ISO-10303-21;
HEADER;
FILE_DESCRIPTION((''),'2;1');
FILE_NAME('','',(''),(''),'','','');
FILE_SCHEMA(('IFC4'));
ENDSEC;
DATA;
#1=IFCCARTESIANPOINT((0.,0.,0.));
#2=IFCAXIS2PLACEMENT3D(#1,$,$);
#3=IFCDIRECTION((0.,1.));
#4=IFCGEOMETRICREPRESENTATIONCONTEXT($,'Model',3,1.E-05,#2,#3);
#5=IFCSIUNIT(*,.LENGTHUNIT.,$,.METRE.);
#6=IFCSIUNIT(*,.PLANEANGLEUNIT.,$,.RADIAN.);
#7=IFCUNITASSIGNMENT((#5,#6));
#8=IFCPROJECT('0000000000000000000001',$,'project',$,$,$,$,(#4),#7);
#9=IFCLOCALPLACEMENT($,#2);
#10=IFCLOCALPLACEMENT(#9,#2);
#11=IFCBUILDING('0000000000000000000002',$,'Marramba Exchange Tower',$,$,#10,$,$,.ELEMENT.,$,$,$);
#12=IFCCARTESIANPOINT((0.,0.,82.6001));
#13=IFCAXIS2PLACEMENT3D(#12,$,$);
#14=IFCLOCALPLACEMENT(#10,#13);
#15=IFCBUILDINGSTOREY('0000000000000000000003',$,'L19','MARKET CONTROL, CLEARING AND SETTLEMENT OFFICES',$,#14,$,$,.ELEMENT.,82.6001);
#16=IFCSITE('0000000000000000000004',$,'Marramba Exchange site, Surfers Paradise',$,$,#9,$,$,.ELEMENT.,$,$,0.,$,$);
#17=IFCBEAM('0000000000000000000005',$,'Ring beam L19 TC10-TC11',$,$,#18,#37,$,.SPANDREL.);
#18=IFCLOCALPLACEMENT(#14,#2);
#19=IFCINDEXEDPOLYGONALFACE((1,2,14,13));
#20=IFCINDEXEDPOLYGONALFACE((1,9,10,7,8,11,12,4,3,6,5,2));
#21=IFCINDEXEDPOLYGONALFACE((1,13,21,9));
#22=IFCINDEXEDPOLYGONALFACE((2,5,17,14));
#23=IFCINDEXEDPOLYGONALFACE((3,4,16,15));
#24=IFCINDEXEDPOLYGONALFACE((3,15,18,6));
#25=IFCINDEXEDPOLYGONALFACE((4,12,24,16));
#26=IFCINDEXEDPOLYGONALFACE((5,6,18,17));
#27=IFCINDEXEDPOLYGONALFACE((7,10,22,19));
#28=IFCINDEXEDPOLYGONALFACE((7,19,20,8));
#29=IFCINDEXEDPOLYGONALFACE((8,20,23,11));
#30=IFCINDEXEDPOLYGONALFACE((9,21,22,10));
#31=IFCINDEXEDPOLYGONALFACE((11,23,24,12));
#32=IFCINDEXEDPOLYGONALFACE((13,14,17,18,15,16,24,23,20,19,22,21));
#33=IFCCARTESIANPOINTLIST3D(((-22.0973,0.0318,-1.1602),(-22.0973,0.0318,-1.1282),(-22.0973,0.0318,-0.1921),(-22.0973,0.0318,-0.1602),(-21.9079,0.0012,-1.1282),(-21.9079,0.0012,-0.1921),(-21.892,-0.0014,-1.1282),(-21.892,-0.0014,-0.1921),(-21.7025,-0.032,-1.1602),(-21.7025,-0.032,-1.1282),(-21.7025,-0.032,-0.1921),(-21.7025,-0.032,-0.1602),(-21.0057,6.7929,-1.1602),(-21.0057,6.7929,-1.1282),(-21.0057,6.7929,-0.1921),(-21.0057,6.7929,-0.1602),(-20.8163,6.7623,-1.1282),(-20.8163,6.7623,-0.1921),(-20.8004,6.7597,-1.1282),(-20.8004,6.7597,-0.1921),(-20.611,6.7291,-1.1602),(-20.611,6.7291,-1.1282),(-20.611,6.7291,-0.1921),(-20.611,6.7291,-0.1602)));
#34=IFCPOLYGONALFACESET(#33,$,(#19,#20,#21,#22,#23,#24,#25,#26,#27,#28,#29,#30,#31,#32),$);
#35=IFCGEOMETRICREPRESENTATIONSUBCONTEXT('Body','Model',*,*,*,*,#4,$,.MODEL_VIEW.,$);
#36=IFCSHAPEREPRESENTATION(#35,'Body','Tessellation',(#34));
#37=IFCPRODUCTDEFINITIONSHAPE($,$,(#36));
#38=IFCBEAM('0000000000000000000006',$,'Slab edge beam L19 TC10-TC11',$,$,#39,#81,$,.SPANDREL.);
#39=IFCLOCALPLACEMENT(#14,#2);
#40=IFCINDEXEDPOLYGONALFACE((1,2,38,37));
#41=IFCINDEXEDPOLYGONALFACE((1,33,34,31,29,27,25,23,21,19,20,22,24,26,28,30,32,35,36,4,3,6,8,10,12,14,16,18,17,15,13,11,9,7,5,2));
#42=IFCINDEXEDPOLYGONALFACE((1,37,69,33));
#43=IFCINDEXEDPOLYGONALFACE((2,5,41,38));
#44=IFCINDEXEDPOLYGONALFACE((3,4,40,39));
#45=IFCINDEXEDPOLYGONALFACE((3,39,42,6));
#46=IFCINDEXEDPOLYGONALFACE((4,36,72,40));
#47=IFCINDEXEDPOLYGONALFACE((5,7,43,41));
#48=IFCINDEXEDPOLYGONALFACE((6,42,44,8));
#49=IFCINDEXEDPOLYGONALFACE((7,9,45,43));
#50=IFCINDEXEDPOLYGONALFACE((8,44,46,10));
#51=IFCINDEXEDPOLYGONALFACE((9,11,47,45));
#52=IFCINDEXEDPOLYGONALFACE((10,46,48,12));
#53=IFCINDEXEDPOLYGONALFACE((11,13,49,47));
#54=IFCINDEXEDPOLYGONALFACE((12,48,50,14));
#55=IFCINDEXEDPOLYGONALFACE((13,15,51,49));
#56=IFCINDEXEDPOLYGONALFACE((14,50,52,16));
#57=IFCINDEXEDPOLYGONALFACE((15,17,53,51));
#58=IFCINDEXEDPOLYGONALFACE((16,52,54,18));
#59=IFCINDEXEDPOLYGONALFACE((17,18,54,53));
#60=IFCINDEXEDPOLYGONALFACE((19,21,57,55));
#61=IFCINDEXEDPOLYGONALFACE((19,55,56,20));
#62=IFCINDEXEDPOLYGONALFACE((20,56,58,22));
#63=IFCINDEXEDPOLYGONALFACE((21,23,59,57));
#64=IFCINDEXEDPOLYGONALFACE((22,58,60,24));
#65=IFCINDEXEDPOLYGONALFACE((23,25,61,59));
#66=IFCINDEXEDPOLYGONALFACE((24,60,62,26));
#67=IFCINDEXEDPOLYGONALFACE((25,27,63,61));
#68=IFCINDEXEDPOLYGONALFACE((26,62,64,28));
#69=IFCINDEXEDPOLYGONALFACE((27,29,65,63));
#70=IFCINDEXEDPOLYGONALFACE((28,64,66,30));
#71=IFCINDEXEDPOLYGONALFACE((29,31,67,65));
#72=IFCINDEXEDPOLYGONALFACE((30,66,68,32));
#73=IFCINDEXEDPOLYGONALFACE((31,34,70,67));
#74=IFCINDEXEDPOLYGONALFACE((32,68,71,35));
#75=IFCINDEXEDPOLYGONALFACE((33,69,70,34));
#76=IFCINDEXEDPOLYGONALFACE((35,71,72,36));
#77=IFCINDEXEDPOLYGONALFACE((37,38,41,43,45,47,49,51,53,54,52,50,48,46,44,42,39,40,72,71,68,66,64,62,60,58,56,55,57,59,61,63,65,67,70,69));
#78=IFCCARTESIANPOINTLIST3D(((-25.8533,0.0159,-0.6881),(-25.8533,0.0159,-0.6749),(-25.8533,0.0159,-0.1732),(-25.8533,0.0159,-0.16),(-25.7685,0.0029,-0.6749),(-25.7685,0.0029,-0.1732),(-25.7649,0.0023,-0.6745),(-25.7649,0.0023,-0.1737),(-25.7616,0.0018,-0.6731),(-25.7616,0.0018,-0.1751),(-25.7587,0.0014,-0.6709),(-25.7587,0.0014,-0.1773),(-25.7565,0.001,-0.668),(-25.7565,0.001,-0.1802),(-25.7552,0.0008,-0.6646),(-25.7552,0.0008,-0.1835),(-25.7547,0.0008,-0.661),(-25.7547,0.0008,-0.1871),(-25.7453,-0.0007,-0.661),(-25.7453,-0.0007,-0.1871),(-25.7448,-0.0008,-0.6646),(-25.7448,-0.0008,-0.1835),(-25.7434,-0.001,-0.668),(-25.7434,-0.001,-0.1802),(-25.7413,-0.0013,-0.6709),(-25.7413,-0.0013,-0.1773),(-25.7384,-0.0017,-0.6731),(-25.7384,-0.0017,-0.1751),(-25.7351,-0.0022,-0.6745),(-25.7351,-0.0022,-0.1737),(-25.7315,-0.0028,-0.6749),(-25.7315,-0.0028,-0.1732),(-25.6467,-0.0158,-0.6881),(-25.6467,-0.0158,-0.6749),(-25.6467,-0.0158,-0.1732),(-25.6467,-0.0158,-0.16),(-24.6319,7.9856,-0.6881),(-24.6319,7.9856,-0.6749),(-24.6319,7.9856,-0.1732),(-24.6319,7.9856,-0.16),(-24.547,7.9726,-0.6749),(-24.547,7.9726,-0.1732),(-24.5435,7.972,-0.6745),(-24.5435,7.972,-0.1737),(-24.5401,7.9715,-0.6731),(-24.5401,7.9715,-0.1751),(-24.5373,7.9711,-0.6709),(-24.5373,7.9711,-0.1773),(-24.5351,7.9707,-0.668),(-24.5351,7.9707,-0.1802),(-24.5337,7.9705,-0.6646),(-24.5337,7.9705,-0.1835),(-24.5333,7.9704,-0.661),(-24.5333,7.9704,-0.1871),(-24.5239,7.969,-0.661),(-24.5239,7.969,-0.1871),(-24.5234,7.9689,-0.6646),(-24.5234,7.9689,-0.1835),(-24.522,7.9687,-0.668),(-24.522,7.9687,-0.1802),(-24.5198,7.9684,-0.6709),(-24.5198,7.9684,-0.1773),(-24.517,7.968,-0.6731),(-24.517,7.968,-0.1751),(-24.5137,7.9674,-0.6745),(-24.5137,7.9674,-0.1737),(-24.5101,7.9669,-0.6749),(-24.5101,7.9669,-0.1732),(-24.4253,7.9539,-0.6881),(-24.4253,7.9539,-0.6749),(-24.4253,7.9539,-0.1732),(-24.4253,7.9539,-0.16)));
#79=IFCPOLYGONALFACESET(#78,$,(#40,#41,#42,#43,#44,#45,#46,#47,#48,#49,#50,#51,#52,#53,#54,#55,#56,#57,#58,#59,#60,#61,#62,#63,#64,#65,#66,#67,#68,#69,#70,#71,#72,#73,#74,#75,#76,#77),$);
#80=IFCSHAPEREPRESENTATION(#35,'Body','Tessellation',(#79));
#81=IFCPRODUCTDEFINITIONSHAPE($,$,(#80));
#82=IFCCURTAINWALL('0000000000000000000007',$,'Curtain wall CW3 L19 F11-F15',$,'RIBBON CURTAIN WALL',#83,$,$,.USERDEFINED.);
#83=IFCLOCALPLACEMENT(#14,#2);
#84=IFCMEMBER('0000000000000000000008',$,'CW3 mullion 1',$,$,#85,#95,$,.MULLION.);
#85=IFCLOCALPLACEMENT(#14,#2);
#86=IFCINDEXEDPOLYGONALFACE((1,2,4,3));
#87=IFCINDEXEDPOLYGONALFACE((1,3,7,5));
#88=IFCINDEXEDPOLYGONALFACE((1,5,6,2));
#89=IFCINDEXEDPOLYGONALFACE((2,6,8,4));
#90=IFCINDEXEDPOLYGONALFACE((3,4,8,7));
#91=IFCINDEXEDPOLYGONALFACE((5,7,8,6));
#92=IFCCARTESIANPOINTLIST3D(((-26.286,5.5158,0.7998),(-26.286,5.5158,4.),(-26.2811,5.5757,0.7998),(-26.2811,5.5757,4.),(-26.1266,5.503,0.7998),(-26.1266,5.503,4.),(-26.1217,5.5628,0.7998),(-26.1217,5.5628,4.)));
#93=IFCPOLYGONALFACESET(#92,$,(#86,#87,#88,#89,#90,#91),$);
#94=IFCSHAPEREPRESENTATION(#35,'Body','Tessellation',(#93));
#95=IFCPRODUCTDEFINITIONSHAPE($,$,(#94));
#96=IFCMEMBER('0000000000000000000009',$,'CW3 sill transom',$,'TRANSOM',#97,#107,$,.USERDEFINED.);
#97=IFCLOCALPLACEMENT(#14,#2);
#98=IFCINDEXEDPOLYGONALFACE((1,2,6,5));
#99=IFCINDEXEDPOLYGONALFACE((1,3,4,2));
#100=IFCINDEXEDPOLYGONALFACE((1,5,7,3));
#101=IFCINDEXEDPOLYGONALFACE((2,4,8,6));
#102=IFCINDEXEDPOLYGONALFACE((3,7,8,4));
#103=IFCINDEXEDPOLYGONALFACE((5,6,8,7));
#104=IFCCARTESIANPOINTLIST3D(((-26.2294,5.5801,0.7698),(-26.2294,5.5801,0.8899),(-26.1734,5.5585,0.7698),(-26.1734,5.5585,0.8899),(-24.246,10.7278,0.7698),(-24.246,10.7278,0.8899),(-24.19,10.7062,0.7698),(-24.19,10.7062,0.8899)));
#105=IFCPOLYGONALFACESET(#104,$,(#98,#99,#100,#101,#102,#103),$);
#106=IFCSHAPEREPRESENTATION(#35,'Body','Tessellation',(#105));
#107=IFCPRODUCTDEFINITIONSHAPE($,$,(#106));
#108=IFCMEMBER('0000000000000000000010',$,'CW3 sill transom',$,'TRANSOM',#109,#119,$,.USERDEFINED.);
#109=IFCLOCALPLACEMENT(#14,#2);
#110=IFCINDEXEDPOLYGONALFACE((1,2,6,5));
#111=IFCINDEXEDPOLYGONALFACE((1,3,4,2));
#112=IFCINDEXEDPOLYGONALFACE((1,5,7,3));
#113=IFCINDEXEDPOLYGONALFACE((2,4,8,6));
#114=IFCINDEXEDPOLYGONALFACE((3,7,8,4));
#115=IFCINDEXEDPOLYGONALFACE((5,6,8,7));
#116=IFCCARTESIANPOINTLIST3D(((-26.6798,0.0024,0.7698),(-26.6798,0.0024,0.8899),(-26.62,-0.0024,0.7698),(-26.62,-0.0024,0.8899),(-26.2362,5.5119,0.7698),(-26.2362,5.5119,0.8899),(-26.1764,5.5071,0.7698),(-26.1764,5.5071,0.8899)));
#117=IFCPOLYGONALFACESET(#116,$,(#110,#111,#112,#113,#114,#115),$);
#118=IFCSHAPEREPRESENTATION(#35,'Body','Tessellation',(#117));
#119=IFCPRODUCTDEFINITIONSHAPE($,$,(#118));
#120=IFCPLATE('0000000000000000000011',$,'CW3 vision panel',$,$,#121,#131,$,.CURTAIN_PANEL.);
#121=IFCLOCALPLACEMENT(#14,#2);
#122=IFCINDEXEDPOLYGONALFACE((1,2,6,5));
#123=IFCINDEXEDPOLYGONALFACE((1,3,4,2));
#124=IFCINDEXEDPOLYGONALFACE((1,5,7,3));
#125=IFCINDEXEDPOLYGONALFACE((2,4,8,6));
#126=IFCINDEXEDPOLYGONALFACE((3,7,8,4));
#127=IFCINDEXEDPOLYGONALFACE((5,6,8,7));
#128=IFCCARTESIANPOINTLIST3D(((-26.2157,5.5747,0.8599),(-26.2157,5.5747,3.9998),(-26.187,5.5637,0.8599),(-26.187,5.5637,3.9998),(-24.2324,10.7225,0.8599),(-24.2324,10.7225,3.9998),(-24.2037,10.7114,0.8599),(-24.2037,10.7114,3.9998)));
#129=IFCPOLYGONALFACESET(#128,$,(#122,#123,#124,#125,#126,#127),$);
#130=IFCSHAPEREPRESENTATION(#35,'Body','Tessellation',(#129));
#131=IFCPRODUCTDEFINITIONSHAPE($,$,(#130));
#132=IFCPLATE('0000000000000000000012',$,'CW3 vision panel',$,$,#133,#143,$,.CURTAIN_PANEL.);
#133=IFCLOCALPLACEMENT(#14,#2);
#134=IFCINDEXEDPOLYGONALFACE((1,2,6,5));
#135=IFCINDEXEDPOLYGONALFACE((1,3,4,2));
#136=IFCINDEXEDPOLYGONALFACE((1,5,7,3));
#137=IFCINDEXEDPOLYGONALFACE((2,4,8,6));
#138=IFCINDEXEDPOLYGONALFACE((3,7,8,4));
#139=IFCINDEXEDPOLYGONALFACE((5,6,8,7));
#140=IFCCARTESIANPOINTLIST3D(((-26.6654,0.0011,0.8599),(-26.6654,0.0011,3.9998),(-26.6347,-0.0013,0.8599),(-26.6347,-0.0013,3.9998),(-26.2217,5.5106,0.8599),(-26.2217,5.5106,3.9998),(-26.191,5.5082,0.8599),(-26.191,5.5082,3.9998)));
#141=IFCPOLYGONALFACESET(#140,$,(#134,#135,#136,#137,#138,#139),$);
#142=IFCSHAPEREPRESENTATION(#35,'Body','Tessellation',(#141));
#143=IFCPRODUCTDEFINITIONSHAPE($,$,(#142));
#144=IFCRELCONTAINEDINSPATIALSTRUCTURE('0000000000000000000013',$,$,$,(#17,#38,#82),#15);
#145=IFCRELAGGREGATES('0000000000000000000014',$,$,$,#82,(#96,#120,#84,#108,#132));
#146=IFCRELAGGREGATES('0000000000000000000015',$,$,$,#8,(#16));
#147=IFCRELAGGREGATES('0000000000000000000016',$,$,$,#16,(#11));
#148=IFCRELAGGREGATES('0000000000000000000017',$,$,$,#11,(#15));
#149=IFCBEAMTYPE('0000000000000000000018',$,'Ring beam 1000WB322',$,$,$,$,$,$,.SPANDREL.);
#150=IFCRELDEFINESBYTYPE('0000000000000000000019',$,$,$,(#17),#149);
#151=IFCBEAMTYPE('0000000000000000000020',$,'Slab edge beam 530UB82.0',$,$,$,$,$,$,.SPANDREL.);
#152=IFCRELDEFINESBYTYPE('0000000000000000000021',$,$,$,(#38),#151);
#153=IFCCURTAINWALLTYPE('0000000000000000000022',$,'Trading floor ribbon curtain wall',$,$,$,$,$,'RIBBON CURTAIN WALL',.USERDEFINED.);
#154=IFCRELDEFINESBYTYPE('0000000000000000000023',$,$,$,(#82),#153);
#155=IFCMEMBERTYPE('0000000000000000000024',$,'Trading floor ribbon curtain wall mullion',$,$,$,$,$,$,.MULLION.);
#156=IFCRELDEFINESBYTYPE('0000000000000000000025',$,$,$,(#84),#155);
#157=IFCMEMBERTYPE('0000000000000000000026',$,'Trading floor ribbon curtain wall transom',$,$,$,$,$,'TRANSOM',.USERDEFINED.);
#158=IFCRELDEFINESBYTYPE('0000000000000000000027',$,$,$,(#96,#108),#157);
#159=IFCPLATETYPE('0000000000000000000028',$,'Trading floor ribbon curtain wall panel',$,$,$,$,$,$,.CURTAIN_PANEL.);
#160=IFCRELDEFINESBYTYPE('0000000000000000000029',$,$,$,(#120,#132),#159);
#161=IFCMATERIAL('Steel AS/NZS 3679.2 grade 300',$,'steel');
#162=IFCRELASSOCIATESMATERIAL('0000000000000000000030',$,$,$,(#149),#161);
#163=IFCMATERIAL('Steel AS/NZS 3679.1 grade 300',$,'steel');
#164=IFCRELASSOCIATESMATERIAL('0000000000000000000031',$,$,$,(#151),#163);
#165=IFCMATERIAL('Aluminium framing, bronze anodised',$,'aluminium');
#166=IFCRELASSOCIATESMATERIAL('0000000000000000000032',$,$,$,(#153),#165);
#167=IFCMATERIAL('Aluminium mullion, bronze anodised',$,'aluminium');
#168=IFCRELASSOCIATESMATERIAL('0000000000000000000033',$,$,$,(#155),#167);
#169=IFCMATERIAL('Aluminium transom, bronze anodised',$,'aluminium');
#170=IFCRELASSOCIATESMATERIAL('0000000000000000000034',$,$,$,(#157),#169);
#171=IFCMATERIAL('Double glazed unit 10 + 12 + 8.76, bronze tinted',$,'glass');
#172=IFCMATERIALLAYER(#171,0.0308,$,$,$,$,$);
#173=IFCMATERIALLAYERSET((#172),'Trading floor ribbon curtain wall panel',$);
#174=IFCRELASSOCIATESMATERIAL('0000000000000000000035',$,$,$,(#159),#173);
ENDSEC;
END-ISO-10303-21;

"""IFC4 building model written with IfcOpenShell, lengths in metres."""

from ifc_helpers import new_model, si_unit, direction, frame, origin, origin_2d, place, context, subcontext, project, spatial, rectangle, i_section, extrude, material, layer, layer_set, material_profile, profile_set, type_object, element, aggregate, save


model = new_model("IFC4")

# Units and contexts
model_context = context("Model", 3, precision=1e-05, world=origin(), true_north=direction((0.0, 1.0)))
body_context = subcontext(model_context, "Body", "Model", "MODEL_VIEW")
ifc_project = project(units=[si_unit("LENGTHUNIT", "METRE"), si_unit("PLANEANGLEUNIT", "RADIAN")], contexts=[model_context])

# Site, building, storey
site_placement = place(None, origin())
site = spatial("IfcSite", under=ifc_project, at=site_placement, Name="Marramba Exchange site, Surfers Paradise", CompositionType="ELEMENT", RefElevation=0.0)
building_placement = place(site_placement, origin())
building = spatial("IfcBuilding", under=site, at=building_placement, Name="Marramba Exchange Tower", CompositionType="ELEMENT")
storey_placement = place(building_placement, frame((0.0, 0.0, 82.6001)))
storey = spatial("IfcBuildingStorey", under=building, at=storey_placement, Name="L19", Description="MARKET CONTROL, CLEARING AND SETTLEMENT OFFICES", CompositionType="ELEMENT", Elevation=82.6001)

# Beams
ifc_material_1 = material(Name="Steel AS/NZS 3679.2 grade 300", Category="steel")
ifc_material_2 = material(Name="Steel AS/NZS 3679.1 grade 300", Category="steel")
ifc_material_profile_1 = material_profile(ifc_material_1, i_section(OverallWidth=0.3999, OverallDepth=1.0, WebThickness=0.0161, FlangeThickness=0.032, at=origin_2d()), Name="1000WB322")
ifc_profile_set_1 = profile_set([ifc_material_profile_1], Name="Steel AS/NZS 3679.2 grade 300")
beam_type_1 = type_object("IfcBeamType", Name="Ring beam 1000WB322", PredefinedType="SPANDREL", material=ifc_profile_set_1)
beam_1_placement = place(storey_placement, frame((-20.8083, 6.761, -0.6602), z_axis=(-0.159385, -0.987217, 0.0), x_axis=(0.987217, -0.159385, 0.0)))
element("IfcBeam", 1, at=beam_1_placement, inside=storey, type_object=beam_type_1, Name="Ring beam L19 TC10-TC11", PredefinedType="SPANDREL", context=body_context, shape_type="SweptSolid", body=[
    extrude(i_section(OverallWidth=0.3999, OverallDepth=1.0, WebThickness=0.0161, FlangeThickness=0.032, at=origin_2d()), origin(), (0.0, 0.0, 1.0), 6.8486),
])
ifc_material_profile_2 = material_profile(ifc_material_2, i_section(OverallWidth=0.209, OverallDepth=0.5281, WebThickness=0.0095, FlangeThickness=0.0132, FilletRadius=0.0139, at=origin_2d()), Name="530UB82.0")
ifc_profile_set_2 = profile_set([ifc_material_profile_2], Name="Steel AS/NZS 3679.1 grade 300")
beam_type_2 = type_object("IfcBeamType", Name="Slab edge beam 530UB82.0", PredefinedType="SPANDREL", material=ifc_profile_set_2)
beam_2_placement = place(storey_placement, frame((-24.5286, 7.9697, -0.4241), z_axis=(-0.151491, -0.988459, 0.0), x_axis=(0.988459, -0.151491, 0.0)))
element("IfcBeam", 2, at=beam_2_placement, inside=storey, type_object=beam_type_2, Name="Slab edge beam L19 TC10-TC11", PredefinedType="SPANDREL", context=body_context, shape_type="SweptSolid", body=[
    extrude(i_section(OverallWidth=0.209, OverallDepth=0.5281, WebThickness=0.0095, FlangeThickness=0.0132, FilletRadius=0.0139, at=origin_2d()), origin(), (0.0, 0.0, 1.0), 8.0627),
])

# Curtain wall, members, plates
ifc_material_3 = material(Name="Aluminium framing, bronze anodised", Category="aluminium")
curtain_wall_type = type_object("IfcCurtainWallType", Name="Trading floor ribbon curtain wall", ElementType="RIBBON CURTAIN WALL", PredefinedType="USERDEFINED", material=ifc_material_3)
curtain_wall_placement = place(storey_placement, origin())
curtain_wall = element("IfcCurtainWall", 3, at=curtain_wall_placement, inside=storey, type_object=curtain_wall_type, Name="Curtain wall CW3 L19 F11-F15", ObjectType="RIBBON CURTAIN WALL", PredefinedType="USERDEFINED")
ifc_material_4 = material(Name="Aluminium mullion, bronze anodised", Category="aluminium")
ifc_material_profile_3 = material_profile(ifc_material_4, rectangle(XDim=0.1599, YDim=0.0601, at=origin_2d()), Name="CW3 mullion 60x160")
ifc_profile_set_3 = profile_set([ifc_material_profile_3], Name="Aluminium mullion, bronze anodised")
member_type_1 = type_object("IfcMemberType", Name="Trading floor ribbon curtain wall mullion", PredefinedType="MULLION", material=ifc_profile_set_3)
member_1_placement = place(storey_placement, frame((-26.2039, 5.5393, 0.7998), z_axis=(0.0, 0.0, 1.0), x_axis=(0.996773, -0.080275, 0.0)))
member_1 = element("IfcMember", 4, at=member_1_placement, type_object=member_type_1, Name="CW3 mullion 1", PredefinedType="MULLION", context=body_context, shape_type="SweptSolid", body=[
    extrude(rectangle(XDim=0.1599, YDim=0.0601, at=origin_2d()), origin(), (0.0, 0.0, 1.0), 3.2002),
])
ifc_material_5 = material(Name="Aluminium transom, bronze anodised", Category="aluminium")
ifc_material_profile_4 = material_profile(ifc_material_5, rectangle(XDim=0.0601, YDim=0.1201, at=origin_2d()), Name="CW3 transom 60x120")
ifc_profile_set_4 = profile_set([ifc_material_profile_4], Name="Aluminium transom, bronze anodised")
member_type_2 = type_object("IfcMemberType", Name="Trading floor ribbon curtain wall transom", ElementType="TRANSOM", PredefinedType="USERDEFINED", material=ifc_profile_set_4)
member_2_placement = place(storey_placement, frame((-24.218, 10.717, 0.8298), z_axis=(-0.359534, -0.933132, 0.0), x_axis=(0.933132, -0.359534, 0.0)))
member_2 = element("IfcMember", 5, at=member_2_placement, type_object=member_type_2, Name="CW3 sill transom", ObjectType="TRANSOM", PredefinedType="USERDEFINED", context=body_context, shape_type="SweptSolid", body=[
    extrude(rectangle(XDim=0.0601, YDim=0.1201, at=origin_2d()), origin(), (0.0, 0.0, 1.0), 5.5166),
])
member_3_placement = place(storey_placement, frame((-26.2063, 5.5095, 0.8298), z_axis=(-0.080256, -0.996774, 0.0), x_axis=(0.996774, -0.080256, 0.0)))
member_3 = element("IfcMember", 6, at=member_3_placement, type_object=member_type_2, Name="CW3 sill transom", ObjectType="TRANSOM", PredefinedType="USERDEFINED", context=body_context, shape_type="SweptSolid", body=[
    extrude(rectangle(XDim=0.0601, YDim=0.1201, at=origin_2d()), origin(), (0.0, 0.0, 1.0), 5.5273),
])
ifc_material_6 = material(Name="Double glazed unit 10 + 12 + 8.76, bronze tinted", Category="glass")
ifc_layer_1 = layer(ifc_material_6, 0.0308)
ifc_layer_set_1 = layer_set([ifc_layer_1], Name="Trading floor ribbon curtain wall panel")
plate_type = type_object("IfcPlateType", Name="Trading floor ribbon curtain wall panel", PredefinedType="CURTAIN_PANEL", material=ifc_layer_set_1)
plate_1_placement = place(storey_placement, frame((-25.2097, 8.1431, 0.8599), z_axis=(0.0, 0.0, 1.0), x_axis=(-0.359526, -0.933135, 0.0)))
plate_1 = element("IfcPlate", 7, at=plate_1_placement, type_object=plate_type, Name="CW3 vision panel", PredefinedType="CURTAIN_PANEL", context=body_context, shape_type="SweptSolid", body=[
    extrude(rectangle(XDim=5.5166, YDim=0.0308, at=origin_2d()), origin(), (0.0, 0.0, 1.0), 3.1399),
])
plate_2_placement = place(storey_placement, frame((-26.4282, 2.7546, 0.8599), z_axis=(0.0, 0.0, 1.0), x_axis=(-0.080275, -0.996773, 0.0)))
plate_2 = element("IfcPlate", 8, at=plate_2_placement, type_object=plate_type, Name="CW3 vision panel", PredefinedType="CURTAIN_PANEL", context=body_context, shape_type="SweptSolid", body=[
    extrude(rectangle(XDim=5.5273, YDim=0.0308, at=origin_2d()), origin(), (0.0, 0.0, 1.0), 3.1399),
])
aggregate(curtain_wall, [member_2, plate_1, member_1, member_3, plate_2])

save(model, "model.ifc")
